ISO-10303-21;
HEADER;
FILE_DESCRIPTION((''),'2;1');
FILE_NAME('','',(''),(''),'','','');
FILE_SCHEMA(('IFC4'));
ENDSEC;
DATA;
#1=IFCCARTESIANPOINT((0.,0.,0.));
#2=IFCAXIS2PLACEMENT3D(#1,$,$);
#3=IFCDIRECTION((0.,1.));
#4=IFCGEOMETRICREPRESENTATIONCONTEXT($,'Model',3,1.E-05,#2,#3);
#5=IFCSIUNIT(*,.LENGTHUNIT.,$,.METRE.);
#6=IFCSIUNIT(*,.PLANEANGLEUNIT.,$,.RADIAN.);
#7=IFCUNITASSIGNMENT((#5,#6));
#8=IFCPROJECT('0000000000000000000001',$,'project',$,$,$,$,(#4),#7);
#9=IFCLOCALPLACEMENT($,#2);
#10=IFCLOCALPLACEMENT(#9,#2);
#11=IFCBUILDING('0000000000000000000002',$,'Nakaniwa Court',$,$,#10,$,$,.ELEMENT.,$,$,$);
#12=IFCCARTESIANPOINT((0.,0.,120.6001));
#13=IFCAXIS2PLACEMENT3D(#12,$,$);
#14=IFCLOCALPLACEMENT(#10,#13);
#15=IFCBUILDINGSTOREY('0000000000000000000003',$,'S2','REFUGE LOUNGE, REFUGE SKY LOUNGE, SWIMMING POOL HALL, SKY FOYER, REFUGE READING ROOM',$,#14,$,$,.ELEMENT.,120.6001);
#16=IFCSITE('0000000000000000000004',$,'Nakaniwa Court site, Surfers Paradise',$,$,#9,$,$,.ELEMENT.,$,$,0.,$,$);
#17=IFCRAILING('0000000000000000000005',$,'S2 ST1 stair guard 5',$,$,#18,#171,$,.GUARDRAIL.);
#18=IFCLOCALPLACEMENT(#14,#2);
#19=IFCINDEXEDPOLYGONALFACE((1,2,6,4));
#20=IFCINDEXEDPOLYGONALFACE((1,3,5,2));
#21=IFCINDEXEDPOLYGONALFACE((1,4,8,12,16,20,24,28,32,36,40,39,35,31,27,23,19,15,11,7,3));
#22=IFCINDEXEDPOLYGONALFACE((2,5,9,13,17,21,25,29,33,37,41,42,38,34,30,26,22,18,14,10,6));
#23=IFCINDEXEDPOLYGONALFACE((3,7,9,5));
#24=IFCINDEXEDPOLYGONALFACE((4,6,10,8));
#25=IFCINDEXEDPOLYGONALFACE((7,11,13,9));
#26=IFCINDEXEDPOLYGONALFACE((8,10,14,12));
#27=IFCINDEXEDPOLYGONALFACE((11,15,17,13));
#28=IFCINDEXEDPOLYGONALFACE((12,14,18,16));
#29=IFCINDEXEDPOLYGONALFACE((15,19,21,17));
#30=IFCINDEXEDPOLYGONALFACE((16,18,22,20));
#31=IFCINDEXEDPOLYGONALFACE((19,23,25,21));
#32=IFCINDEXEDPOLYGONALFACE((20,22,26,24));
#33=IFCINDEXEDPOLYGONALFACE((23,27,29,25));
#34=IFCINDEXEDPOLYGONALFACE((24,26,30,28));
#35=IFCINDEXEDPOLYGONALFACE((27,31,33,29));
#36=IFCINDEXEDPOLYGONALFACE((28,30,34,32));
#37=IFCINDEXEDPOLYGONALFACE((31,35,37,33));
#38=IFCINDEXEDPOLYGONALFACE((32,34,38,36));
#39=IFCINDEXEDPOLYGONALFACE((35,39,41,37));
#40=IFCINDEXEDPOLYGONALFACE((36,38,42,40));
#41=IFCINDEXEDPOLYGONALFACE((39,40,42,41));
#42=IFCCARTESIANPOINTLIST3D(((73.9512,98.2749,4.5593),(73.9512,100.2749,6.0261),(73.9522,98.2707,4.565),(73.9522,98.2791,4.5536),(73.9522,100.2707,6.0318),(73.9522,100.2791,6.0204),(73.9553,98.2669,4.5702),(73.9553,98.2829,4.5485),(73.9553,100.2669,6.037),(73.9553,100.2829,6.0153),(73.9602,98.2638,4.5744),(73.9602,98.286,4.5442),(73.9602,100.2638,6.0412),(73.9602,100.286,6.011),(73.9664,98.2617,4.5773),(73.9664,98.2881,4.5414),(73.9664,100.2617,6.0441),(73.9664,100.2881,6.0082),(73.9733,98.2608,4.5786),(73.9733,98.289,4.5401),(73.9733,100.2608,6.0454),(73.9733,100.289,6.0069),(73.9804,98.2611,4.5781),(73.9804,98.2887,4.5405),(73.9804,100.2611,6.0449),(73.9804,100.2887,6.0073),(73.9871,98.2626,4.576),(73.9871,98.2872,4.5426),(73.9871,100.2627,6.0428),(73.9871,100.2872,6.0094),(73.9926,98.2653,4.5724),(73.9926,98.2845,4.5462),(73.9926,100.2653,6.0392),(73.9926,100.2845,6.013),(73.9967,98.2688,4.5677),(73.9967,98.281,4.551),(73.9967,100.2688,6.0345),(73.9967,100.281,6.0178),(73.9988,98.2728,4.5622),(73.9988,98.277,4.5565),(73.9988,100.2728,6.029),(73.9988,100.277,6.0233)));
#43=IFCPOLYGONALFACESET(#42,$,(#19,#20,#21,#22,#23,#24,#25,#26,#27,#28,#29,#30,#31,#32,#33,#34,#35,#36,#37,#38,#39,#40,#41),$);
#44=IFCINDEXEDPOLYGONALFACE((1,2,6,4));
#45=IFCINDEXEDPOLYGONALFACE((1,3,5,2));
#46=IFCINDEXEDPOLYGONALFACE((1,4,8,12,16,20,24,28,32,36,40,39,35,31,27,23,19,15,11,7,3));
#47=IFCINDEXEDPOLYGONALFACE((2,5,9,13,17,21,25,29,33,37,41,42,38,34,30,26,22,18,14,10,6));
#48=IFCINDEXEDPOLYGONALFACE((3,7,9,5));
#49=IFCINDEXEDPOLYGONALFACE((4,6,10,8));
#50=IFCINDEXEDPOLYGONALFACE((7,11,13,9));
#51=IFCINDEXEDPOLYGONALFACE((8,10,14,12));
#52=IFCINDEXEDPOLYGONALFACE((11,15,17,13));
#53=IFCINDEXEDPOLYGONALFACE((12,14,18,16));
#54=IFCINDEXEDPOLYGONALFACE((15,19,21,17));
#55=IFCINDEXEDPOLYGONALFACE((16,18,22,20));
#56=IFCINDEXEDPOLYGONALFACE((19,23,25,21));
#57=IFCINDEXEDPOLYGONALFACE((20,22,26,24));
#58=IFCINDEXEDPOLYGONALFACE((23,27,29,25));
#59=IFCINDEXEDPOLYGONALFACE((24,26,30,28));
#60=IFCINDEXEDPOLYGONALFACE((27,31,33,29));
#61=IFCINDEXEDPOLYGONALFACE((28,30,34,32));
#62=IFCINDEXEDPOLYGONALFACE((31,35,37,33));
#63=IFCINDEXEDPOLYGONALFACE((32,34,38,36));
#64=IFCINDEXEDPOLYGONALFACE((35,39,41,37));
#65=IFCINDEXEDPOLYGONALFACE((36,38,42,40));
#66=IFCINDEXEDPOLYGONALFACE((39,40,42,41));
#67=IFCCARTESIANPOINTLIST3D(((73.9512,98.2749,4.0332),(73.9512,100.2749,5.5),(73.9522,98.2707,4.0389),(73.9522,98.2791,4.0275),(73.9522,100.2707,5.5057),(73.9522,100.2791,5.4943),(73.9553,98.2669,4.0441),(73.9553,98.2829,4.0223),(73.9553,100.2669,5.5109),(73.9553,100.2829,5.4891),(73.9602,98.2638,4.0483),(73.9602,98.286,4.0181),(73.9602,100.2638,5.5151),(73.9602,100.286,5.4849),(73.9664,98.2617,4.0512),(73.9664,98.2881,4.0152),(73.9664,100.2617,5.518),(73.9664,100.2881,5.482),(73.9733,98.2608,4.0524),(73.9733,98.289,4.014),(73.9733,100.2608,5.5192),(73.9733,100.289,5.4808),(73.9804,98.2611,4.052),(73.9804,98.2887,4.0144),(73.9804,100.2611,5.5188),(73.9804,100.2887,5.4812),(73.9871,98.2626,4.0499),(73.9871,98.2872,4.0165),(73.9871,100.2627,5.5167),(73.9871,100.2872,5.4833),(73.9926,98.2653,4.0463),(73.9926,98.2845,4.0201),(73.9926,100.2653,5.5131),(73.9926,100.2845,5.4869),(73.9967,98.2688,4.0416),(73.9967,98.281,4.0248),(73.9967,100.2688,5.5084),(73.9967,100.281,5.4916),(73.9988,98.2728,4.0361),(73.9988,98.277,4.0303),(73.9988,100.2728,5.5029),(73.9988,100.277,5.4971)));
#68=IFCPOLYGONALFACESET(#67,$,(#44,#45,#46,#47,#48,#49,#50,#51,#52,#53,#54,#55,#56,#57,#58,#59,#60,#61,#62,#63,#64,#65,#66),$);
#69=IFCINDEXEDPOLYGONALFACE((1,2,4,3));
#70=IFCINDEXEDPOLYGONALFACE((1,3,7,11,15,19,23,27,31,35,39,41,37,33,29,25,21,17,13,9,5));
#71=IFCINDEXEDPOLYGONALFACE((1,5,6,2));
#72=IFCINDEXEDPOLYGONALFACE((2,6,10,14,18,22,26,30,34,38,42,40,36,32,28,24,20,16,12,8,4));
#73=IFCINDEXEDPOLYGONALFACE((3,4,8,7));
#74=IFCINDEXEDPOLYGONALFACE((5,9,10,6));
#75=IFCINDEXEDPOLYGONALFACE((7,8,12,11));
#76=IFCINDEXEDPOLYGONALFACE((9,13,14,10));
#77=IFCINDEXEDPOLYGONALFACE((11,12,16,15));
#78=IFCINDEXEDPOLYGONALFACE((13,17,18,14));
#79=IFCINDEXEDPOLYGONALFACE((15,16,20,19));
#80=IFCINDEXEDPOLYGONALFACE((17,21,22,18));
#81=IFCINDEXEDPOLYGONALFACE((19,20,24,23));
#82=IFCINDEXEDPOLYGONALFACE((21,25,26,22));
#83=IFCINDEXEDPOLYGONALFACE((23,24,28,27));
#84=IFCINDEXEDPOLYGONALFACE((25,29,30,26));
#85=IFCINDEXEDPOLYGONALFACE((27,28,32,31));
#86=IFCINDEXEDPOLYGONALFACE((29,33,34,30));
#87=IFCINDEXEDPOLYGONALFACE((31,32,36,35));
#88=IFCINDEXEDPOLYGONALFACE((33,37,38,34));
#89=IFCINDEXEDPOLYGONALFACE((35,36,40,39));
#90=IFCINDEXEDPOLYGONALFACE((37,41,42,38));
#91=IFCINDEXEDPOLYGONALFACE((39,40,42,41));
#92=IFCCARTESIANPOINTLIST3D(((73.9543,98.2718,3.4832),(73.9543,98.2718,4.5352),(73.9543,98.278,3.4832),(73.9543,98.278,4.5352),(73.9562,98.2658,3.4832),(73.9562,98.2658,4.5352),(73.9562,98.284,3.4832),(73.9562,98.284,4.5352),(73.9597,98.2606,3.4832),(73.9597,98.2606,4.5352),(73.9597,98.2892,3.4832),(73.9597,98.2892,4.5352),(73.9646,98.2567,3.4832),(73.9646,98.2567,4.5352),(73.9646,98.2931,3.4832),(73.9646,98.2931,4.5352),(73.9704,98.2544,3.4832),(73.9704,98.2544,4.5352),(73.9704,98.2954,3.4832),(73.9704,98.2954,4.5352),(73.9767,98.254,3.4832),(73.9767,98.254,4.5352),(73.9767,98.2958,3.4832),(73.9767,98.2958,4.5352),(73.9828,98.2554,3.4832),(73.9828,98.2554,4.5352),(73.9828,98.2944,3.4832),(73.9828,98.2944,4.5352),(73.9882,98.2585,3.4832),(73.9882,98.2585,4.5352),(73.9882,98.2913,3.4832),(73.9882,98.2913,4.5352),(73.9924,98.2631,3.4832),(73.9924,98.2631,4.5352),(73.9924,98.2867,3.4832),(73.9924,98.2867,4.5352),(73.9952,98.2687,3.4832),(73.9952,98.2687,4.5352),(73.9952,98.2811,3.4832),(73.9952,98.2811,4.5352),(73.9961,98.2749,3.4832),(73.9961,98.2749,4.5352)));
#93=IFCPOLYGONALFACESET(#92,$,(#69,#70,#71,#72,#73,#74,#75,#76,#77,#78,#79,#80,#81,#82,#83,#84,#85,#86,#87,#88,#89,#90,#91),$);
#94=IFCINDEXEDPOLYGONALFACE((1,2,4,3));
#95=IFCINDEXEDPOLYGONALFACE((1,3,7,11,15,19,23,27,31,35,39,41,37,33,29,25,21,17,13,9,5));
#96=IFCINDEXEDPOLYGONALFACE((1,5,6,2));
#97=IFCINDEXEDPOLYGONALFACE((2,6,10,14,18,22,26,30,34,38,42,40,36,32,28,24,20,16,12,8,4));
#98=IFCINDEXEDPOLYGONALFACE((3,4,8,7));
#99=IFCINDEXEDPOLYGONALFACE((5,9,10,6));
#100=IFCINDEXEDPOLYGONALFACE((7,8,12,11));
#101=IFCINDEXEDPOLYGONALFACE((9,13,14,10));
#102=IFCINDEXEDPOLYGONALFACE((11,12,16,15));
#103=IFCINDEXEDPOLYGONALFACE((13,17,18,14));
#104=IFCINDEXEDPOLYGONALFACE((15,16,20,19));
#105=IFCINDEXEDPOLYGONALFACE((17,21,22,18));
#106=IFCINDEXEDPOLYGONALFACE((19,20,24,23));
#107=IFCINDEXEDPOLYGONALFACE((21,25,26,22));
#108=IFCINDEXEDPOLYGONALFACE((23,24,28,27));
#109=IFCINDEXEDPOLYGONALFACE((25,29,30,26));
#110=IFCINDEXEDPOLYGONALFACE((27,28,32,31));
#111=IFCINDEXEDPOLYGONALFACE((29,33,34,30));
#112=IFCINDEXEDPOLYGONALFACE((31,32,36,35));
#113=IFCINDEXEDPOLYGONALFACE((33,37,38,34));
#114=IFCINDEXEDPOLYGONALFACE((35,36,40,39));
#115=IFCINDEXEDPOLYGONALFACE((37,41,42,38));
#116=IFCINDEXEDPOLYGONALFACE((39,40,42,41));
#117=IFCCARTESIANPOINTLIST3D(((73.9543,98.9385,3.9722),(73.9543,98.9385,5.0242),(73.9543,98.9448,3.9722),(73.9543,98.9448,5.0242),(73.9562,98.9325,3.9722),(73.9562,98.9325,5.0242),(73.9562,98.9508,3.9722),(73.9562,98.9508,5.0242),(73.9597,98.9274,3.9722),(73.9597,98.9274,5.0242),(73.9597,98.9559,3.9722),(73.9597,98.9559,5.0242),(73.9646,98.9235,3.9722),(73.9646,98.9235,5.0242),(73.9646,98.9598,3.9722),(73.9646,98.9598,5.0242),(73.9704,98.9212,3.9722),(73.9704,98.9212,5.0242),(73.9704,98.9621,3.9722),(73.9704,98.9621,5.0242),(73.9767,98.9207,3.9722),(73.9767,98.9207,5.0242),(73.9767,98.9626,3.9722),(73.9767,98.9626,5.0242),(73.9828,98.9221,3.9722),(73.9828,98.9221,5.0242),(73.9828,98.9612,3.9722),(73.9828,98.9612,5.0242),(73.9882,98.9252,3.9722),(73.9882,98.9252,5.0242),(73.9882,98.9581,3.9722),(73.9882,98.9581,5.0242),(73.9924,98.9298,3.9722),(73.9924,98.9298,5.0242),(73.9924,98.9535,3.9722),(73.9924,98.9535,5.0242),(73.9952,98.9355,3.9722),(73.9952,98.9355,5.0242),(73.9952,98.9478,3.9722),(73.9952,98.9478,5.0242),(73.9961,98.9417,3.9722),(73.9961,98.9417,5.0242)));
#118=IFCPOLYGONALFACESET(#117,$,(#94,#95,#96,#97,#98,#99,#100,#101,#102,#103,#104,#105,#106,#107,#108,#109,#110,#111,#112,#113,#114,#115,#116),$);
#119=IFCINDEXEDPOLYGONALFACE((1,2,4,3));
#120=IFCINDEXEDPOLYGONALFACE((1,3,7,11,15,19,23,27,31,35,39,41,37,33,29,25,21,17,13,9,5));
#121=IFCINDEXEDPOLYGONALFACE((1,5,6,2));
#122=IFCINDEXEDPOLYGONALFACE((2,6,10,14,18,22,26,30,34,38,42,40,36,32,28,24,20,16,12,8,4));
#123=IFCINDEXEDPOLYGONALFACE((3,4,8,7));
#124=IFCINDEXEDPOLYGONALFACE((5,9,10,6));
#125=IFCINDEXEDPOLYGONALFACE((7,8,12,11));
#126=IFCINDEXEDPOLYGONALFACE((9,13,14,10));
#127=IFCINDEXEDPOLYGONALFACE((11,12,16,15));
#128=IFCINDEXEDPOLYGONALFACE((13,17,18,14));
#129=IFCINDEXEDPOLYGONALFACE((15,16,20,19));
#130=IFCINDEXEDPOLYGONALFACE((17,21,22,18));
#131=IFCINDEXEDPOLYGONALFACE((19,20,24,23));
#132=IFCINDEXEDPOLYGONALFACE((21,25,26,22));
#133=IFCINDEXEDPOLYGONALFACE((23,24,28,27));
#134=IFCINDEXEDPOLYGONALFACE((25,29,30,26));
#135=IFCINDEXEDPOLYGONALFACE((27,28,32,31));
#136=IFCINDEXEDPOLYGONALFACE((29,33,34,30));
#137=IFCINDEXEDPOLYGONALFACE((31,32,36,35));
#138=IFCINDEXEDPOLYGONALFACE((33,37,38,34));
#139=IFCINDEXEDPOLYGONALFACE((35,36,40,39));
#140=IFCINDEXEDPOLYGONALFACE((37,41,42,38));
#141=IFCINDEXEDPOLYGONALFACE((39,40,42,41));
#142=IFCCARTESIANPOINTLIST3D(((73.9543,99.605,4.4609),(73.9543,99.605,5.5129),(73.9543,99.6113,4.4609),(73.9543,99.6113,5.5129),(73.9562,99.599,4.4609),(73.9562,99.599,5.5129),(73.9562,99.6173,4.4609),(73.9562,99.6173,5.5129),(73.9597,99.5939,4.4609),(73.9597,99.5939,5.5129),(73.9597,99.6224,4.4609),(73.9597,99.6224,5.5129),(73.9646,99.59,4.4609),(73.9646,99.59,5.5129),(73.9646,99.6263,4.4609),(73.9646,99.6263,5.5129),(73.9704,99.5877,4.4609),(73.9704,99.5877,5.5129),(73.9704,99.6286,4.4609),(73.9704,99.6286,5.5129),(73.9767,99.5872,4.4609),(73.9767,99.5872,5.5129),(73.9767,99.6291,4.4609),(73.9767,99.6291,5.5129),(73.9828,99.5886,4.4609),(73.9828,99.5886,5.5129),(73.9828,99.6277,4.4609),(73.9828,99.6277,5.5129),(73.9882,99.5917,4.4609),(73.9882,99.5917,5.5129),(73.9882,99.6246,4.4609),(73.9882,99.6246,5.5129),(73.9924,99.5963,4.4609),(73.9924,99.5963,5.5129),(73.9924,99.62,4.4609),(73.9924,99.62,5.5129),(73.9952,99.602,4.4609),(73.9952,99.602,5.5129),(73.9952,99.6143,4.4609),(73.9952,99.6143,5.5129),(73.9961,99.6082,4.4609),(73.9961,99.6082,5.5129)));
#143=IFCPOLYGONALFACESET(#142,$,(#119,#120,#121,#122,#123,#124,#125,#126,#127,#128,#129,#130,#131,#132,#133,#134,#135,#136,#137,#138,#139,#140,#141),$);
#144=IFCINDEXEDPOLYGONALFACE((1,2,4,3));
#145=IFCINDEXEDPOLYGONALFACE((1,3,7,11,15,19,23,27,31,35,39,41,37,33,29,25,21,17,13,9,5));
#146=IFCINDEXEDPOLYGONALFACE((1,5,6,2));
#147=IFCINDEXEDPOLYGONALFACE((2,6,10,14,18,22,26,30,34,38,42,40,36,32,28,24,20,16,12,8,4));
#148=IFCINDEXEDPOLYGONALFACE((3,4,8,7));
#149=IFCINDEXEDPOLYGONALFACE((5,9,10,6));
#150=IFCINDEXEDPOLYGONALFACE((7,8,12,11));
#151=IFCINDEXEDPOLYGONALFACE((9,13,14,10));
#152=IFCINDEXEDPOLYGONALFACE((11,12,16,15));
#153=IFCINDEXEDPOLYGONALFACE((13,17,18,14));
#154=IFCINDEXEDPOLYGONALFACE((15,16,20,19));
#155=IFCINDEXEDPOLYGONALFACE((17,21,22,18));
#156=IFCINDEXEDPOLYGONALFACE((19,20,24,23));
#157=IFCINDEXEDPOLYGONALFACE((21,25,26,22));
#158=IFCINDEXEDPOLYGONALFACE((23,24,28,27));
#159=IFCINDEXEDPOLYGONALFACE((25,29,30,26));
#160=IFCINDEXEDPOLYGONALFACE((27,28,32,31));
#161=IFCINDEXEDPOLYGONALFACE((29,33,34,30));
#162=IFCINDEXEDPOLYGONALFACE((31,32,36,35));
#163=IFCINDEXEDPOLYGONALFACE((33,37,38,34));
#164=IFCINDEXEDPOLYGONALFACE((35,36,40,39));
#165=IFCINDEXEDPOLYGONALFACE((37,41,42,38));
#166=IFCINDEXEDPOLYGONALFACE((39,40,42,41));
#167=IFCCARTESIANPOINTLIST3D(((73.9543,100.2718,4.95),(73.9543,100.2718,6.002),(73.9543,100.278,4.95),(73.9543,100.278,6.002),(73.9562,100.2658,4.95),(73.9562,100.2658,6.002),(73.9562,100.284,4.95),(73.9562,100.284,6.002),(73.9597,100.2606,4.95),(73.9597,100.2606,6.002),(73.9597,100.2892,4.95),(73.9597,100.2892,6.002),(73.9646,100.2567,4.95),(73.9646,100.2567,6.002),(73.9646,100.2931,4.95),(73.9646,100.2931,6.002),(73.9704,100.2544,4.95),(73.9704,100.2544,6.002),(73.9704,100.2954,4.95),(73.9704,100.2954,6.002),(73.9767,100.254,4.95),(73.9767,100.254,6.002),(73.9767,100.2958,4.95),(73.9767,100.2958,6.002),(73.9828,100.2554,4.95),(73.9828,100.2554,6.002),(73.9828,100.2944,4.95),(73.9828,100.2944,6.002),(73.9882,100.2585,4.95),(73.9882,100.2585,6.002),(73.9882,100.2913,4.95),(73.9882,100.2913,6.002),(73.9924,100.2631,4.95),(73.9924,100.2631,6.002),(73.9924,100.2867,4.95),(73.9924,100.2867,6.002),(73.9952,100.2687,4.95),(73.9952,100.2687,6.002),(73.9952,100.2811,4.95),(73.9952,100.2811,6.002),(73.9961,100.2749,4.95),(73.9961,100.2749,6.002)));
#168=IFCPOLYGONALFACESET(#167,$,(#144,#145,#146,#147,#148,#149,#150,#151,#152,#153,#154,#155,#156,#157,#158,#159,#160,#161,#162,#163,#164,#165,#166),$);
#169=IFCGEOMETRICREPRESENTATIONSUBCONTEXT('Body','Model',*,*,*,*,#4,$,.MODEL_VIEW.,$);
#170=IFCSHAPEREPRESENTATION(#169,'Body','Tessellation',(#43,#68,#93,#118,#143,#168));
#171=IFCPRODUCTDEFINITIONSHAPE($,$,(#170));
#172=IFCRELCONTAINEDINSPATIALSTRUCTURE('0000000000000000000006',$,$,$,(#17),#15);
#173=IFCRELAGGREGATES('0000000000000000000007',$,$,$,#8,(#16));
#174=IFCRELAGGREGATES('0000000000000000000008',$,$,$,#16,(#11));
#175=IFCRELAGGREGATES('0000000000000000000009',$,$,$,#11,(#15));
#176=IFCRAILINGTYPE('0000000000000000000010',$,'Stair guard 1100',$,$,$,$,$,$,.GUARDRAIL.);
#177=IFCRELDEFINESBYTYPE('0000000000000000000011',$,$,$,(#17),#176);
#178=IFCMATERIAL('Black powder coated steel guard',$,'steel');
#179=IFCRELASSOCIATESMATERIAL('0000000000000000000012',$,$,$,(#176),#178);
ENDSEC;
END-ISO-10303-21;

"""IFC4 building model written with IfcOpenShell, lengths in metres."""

from ifc_helpers import new_model, si_unit, direction, frame, origin, origin_2d, place, context, subcontext, project, spatial, circle, extrude, material, type_object, element, save


model = new_model("IFC4")

# Units and contexts
model_context = context("Model", 3, precision=1e-05, world=origin(), true_north=direction((0.0, 1.0)))
body_context = subcontext(model_context, "Body", "Model", "MODEL_VIEW")
ifc_project = project(units=[si_unit("LENGTHUNIT", "METRE"), si_unit("PLANEANGLEUNIT", "RADIAN")], contexts=[model_context])

# Site, building, storey
site_placement = place(None, origin())
site = spatial("IfcSite", under=ifc_project, at=site_placement, Name="Nakaniwa Court site, Surfers Paradise", CompositionType="ELEMENT", RefElevation=0.0)
building_placement = place(site_placement, origin())
building = spatial("IfcBuilding", under=site, at=building_placement, Name="Nakaniwa Court", CompositionType="ELEMENT")
storey_placement = place(building_placement, frame((0.0, 0.0, 120.6001)))
storey = spatial("IfcBuildingStorey", under=building, at=storey_placement, Name="S2", Description="REFUGE LOUNGE, REFUGE SKY LOUNGE, SWIMMING POOL HALL, SKY FOYER, REFUGE READING ROOM", CompositionType="ELEMENT", Elevation=120.6001)

# Railing
ifc_material_1 = material(Name="Black powder coated steel guard", Category="steel")
railing_type_1 = type_object("IfcRailingType", Name="Stair guard 1100", PredefinedType="GUARDRAIL", material=ifc_material_1)
railing_1_placement = place(storey_placement, frame((73.9751, 98.2749, 3.4832)))
element("IfcRailing", 1, at=railing_1_placement, inside=storey, type_object=railing_type_1, Name="S2 ST1 stair guard 5", PredefinedType="GUARDRAIL", context=body_context, shape_type="SweptSolid", body=[
    extrude(circle(Radius=0.0239, at=origin_2d()), frame((0.0, 0.0, 1.0762), z_axis=(0.0, 0.80638, 0.591398), x_axis=(-1.0, 0.0, 0.0)), (0.0, 0.0, 1.0), 2.4802),
    extrude(circle(Radius=0.0239, at=origin_2d()), frame((0.0, 0.0, 0.55), z_axis=(0.0, 0.80638, 0.591398), x_axis=(-1.0, 0.0, 0.0)), (0.0, 0.0, 1.0), 2.4802),
    extrude(circle(Radius=0.021, at=origin_2d()), origin(), (0.0, 0.0, 1.0), 1.052),
    extrude(circle(Radius=0.021, at=origin_2d()), frame((0.0, 0.6667, 0.489)), (0.0, 0.0, 1.0), 1.052),
    extrude(circle(Radius=0.021, at=origin_2d()), frame((0.0, 1.3333, 0.9778)), (0.0, 0.0, 1.0), 1.052),
    extrude(circle(Radius=0.021, at=origin_2d()), frame((0.0, 2.0, 1.4668)), (0.0, 0.0, 1.0), 1.052),
])

save(model, "model.ifc")
